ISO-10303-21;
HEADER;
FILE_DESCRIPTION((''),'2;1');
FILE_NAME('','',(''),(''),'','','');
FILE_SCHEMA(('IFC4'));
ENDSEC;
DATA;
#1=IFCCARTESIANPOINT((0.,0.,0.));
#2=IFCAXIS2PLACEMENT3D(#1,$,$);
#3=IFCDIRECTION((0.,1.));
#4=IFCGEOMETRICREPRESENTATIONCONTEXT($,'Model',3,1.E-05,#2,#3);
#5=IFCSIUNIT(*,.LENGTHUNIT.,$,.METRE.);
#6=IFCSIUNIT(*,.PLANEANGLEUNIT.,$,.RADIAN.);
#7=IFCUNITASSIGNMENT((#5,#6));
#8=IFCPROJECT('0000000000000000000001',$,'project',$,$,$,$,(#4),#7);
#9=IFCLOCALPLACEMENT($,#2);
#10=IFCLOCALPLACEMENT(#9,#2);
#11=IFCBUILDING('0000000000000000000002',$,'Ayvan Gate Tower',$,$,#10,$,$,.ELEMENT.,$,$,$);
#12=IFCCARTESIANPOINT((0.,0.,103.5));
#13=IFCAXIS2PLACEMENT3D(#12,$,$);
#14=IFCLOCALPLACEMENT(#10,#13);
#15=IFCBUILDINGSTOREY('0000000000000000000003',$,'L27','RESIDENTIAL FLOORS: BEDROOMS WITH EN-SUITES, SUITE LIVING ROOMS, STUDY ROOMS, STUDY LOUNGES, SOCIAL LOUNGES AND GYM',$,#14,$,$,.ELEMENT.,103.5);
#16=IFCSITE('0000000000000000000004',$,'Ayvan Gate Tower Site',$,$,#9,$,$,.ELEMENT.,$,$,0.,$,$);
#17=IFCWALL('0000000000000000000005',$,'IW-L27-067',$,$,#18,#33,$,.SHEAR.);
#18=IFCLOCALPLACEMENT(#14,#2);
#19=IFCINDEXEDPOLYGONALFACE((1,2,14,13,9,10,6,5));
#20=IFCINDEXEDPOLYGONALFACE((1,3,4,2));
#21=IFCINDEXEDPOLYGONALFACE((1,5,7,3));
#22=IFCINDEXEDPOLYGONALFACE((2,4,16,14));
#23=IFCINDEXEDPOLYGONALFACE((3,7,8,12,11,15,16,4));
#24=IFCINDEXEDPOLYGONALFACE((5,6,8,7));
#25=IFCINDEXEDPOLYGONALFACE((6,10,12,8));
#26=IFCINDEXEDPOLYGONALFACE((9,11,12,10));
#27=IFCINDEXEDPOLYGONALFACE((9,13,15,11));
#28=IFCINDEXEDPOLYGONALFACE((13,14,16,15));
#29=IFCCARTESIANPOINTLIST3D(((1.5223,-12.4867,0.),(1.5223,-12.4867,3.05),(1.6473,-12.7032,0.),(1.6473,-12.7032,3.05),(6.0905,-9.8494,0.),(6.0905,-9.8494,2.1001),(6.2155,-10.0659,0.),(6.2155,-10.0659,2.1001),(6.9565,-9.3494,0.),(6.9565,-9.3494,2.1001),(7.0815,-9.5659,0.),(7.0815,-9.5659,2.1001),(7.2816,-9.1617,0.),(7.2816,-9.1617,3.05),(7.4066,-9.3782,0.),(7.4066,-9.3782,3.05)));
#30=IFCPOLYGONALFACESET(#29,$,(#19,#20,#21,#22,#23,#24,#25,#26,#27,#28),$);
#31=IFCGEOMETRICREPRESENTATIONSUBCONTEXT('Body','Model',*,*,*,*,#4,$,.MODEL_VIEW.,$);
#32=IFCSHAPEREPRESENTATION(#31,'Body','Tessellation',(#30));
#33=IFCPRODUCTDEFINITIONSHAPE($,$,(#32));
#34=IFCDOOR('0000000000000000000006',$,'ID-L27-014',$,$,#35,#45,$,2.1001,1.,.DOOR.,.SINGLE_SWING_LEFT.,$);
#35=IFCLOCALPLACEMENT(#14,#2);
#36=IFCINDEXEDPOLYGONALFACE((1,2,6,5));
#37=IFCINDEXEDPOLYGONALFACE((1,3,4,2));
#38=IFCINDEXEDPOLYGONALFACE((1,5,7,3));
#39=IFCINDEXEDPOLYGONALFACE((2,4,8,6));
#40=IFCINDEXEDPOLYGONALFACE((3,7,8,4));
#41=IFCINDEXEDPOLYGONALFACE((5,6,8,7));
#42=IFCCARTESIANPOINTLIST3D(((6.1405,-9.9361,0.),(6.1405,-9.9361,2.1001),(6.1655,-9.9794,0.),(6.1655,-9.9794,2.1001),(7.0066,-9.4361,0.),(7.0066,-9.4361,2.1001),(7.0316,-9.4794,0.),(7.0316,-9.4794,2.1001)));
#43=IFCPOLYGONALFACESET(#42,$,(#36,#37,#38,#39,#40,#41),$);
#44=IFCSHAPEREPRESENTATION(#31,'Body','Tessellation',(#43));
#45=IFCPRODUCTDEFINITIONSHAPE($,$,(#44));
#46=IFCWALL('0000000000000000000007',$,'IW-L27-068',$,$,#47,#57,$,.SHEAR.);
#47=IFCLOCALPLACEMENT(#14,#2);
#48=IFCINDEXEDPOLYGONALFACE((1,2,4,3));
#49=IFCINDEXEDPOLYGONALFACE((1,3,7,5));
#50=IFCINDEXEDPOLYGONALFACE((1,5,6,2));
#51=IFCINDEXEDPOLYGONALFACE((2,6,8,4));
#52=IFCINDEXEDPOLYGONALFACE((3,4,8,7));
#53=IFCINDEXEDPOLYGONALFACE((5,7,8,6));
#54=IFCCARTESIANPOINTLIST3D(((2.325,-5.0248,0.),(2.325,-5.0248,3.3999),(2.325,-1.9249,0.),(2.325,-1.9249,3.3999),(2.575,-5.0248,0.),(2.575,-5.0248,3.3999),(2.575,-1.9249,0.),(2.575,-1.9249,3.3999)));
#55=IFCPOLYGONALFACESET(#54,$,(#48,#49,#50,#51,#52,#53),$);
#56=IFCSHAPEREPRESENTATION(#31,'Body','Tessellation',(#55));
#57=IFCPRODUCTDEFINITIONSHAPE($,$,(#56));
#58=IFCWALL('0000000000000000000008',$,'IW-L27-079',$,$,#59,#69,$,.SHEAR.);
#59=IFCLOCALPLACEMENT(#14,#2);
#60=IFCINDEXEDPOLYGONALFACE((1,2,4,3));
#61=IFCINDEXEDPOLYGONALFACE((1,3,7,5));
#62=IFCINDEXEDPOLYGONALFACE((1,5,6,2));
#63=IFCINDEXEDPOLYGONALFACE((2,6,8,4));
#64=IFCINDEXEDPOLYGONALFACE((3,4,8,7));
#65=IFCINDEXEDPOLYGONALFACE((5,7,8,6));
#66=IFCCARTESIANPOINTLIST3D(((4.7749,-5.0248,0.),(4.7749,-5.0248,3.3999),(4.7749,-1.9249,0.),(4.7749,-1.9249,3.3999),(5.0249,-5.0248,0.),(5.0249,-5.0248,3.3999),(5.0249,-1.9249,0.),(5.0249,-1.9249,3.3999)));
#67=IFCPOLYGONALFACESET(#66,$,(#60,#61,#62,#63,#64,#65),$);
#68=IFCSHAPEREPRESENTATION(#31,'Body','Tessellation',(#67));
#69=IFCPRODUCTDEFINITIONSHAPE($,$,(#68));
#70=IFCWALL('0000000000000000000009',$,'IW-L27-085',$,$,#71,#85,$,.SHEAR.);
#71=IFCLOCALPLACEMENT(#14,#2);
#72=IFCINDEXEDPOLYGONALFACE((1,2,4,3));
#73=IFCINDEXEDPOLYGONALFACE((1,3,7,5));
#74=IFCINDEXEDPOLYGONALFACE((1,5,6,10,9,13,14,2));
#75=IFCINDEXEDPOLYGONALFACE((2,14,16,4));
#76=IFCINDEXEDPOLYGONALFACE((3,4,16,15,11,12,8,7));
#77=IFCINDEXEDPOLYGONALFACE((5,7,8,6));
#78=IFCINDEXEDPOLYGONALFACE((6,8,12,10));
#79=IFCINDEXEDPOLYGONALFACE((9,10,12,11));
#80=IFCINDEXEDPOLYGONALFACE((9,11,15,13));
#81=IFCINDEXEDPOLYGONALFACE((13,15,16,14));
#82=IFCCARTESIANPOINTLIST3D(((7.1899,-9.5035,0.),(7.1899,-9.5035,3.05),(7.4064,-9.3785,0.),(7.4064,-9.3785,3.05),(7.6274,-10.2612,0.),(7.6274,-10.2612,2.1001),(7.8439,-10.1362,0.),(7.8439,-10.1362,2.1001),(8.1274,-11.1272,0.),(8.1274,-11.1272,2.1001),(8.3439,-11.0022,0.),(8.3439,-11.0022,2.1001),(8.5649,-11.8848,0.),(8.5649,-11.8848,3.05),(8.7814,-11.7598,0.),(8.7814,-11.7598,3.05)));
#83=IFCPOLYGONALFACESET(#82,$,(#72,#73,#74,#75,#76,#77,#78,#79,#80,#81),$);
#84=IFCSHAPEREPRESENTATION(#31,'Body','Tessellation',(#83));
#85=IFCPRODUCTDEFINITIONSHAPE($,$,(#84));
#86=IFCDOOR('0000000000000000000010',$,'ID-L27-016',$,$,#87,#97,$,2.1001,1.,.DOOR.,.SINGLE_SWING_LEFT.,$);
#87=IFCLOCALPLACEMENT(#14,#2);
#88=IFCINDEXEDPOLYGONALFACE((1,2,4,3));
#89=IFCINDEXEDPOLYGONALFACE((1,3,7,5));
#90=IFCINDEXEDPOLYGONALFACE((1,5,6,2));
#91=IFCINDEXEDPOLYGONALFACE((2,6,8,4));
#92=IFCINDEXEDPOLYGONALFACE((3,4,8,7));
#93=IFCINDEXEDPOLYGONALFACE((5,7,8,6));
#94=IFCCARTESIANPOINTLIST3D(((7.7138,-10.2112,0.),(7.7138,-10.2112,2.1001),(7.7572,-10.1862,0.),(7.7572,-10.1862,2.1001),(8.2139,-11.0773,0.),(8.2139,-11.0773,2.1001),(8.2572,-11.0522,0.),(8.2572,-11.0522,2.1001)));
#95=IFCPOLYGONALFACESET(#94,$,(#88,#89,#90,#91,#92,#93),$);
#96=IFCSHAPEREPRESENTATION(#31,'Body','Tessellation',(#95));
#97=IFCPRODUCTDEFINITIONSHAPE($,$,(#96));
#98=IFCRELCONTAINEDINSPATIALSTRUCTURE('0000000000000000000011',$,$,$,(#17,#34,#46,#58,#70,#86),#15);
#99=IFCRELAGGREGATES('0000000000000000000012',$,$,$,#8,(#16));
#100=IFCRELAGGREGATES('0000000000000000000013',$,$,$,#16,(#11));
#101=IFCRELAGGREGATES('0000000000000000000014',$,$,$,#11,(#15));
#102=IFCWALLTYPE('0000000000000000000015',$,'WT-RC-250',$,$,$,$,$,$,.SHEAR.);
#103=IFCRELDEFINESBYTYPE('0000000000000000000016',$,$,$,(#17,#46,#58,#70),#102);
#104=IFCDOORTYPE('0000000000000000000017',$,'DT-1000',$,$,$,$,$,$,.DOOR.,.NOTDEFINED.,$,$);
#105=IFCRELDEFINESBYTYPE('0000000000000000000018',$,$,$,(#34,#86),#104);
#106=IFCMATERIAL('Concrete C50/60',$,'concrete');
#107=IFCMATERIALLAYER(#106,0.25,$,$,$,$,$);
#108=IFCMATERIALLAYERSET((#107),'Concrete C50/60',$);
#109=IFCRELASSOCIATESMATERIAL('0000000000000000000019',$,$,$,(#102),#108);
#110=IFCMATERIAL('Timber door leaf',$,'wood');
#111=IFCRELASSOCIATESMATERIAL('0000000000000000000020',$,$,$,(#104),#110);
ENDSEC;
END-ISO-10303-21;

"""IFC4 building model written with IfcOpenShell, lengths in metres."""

from ifc_helpers import new_model, si_unit, direction, frame, frame_2d, origin, place, context, subcontext, project, spatial, rectangle, extrude, material, layer, layer_set, type_object, element, fill, save


model = new_model("IFC4")

# Units and contexts
model_context = context("Model", 3, precision=1e-05, world=origin(), true_north=direction((0.0, 1.0)))
body_context = subcontext(model_context, "Body", "Model", "MODEL_VIEW")
ifc_project = project(units=[si_unit("LENGTHUNIT", "METRE"), si_unit("PLANEANGLEUNIT", "RADIAN")], contexts=[model_context])

# Site, building, storey
site_placement = place(None, origin())
site = spatial("IfcSite", under=ifc_project, at=site_placement, Name="Ayvan Gate Tower Site", CompositionType="ELEMENT", RefElevation=0.0)
building_placement = place(site_placement, origin())
building = spatial("IfcBuilding", under=site, at=building_placement, Name="Ayvan Gate Tower", CompositionType="ELEMENT")
storey_placement = place(building_placement, frame((0.0, 0.0, 103.5)))
storey = spatial("IfcBuildingStorey", under=building, at=storey_placement, Name="L27", Description="RESIDENTIAL FLOORS: BEDROOMS WITH EN-SUITES, SUITE LIVING ROOMS, STUDY ROOMS, STUDY LOUNGES, SOCIAL LOUNGES AND GYM", CompositionType="ELEMENT", Elevation=103.5)

# Shared definitions
ifc_material_1 = material(Name="Timber door leaf", Category="wood")

# Shared definitions
ifc_material_2 = material(Name="Concrete C50/60", Category="concrete")
ifc_layer_1 = layer(ifc_material_2, 0.25)
ifc_layer_set_1 = layer_set([ifc_layer_1], Name="Concrete C50/60")
wall_type_1 = type_object("IfcWallType", Name="WT-RC-250", PredefinedType="SHEAR", material=ifc_layer_set_1)

# Wall, opening, door
wall_1_placement = place(storey_placement, frame((1.5847, -12.595, 0.0), z_axis=(0.0, 0.0, 1.0), x_axis=(0.866036, 0.499981, 0.0)))
wall_1 = element("IfcWall", 1, at=wall_1_placement, inside=storey, type_object=wall_type_1, Name="IW-L27-067", PredefinedType="SHEAR", context=body_context, shape_type="SweptSolid", body=[
    extrude(rectangle(XDim=6.6501, YDim=0.25, at=frame_2d((3.3252, 0.0))), origin(), (0.0, 0.0, 1.0), 3.05),
])
opening_1_placement = place(wall_1_placement, frame((5.2749, 0.0, 0.0)))
opening_1 = element("IfcOpeningElement", 2, at=opening_1_placement, cuts=wall_1, PredefinedType="OPENING", context=body_context, shape_type="SweptSolid", body=[
    extrude(rectangle(XDim=1.0, YDim=2.1001, at=frame_2d((0.5, 1.05))), frame((0.0, 0.135, 0.0), z_axis=(0.0, -1.0, 0.0), x_axis=(1.0, 0.0, 0.0)), (0.0, 0.0, 1.0), 0.27),
])
door_type_1 = type_object("IfcDoorType", Name="DT-1000", OperationType="NOTDEFINED", PredefinedType="DOOR", material=ifc_material_1)
door_1_placement = place(opening_1_placement, origin())
door_1 = element("IfcDoor", 3, at=door_1_placement, inside=storey, type_object=door_type_1, Name="ID-L27-014", OperationType="SINGLE_SWING_LEFT", OverallHeight=2.1001, OverallWidth=1.0, PredefinedType="DOOR", context=body_context, shape_type="SweptSolid", body=[
    extrude(rectangle(XDim=1.0, YDim=2.1001, at=frame_2d((0.5, 1.05))), frame((0.0, 0.0249, 0.0), z_axis=(0.0, -1.0, 0.0), x_axis=(1.0, 0.0, 0.0)), (0.0, 0.0, 1.0), 0.05),
])
fill(opening_1, door_1)

# Walls
for number, where, z_axis, x_axis, name in (
    (4, (2.45, -1.925, 0.0), (0.0, 0.0, 1.0), (0.0, -1.0, 0.0), "IW-L27-068"),
    (5, (4.8999, -1.925, 0.0), (0.0, 0.0, 1.0), (0.0, -1.0, 0.0), "IW-L27-079"),
):
    element("IfcWall", number, at=place(storey_placement, frame(where, z_axis=z_axis, x_axis=x_axis)), inside=storey, type_object=wall_type_1, Name=name, PredefinedType="SHEAR", context=body_context, shape_type="SweptSolid", body=[
        extrude(rectangle(XDim=3.0999, YDim=0.25, at=frame_2d((1.5498, 0.0))), origin(), (0.0, 0.0, 1.0), 3.3999),
    ])

# Wall, opening, door
wall_2_placement = place(storey_placement, frame((7.2981, -9.4409, 0.0), z_axis=(0.0, 0.0, 1.0), x_axis=(0.500035, -0.866005, 0.0)))
wall_2 = element("IfcWall", 6, at=wall_2_placement, inside=storey, type_object=wall_type_1, Name="IW-L27-085", PredefinedType="SHEAR", context=body_context, shape_type="SweptSolid", body=[
    extrude(rectangle(XDim=2.7498, YDim=0.25, at=frame_2d((1.375, 0.0))), origin(), (0.0, 0.0, 1.0), 3.05),
])
opening_2_placement = place(wall_2_placement, frame((0.875, 0.0, 0.0)))
opening_2 = element("IfcOpeningElement", 7, at=opening_2_placement, cuts=wall_2, PredefinedType="OPENING", context=body_context, shape_type="SweptSolid", body=[
    extrude(rectangle(XDim=1.0, YDim=2.1001, at=frame_2d((0.5, 1.05))), frame((0.0, 0.135, 0.0), z_axis=(0.0, -1.0, 0.0), x_axis=(1.0, 0.0, 0.0)), (0.0, 0.0, 1.0), 0.27),
])
door_2_placement = place(opening_2_placement, origin())
door_2 = element("IfcDoor", 8, at=door_2_placement, inside=storey, type_object=door_type_1, Name="ID-L27-016", OperationType="SINGLE_SWING_LEFT", OverallHeight=2.1001, OverallWidth=1.0, PredefinedType="DOOR", context=body_context, shape_type="SweptSolid", body=[
    extrude(rectangle(XDim=1.0, YDim=2.1001, at=frame_2d((0.5, 1.05))), frame((0.0, 0.0249, 0.0), z_axis=(0.0, -1.0, 0.0), x_axis=(1.0, 0.0, 0.0)), (0.0, 0.0, 1.0), 0.05),
])
fill(opening_2, door_2)

save(model, "model.ifc")
